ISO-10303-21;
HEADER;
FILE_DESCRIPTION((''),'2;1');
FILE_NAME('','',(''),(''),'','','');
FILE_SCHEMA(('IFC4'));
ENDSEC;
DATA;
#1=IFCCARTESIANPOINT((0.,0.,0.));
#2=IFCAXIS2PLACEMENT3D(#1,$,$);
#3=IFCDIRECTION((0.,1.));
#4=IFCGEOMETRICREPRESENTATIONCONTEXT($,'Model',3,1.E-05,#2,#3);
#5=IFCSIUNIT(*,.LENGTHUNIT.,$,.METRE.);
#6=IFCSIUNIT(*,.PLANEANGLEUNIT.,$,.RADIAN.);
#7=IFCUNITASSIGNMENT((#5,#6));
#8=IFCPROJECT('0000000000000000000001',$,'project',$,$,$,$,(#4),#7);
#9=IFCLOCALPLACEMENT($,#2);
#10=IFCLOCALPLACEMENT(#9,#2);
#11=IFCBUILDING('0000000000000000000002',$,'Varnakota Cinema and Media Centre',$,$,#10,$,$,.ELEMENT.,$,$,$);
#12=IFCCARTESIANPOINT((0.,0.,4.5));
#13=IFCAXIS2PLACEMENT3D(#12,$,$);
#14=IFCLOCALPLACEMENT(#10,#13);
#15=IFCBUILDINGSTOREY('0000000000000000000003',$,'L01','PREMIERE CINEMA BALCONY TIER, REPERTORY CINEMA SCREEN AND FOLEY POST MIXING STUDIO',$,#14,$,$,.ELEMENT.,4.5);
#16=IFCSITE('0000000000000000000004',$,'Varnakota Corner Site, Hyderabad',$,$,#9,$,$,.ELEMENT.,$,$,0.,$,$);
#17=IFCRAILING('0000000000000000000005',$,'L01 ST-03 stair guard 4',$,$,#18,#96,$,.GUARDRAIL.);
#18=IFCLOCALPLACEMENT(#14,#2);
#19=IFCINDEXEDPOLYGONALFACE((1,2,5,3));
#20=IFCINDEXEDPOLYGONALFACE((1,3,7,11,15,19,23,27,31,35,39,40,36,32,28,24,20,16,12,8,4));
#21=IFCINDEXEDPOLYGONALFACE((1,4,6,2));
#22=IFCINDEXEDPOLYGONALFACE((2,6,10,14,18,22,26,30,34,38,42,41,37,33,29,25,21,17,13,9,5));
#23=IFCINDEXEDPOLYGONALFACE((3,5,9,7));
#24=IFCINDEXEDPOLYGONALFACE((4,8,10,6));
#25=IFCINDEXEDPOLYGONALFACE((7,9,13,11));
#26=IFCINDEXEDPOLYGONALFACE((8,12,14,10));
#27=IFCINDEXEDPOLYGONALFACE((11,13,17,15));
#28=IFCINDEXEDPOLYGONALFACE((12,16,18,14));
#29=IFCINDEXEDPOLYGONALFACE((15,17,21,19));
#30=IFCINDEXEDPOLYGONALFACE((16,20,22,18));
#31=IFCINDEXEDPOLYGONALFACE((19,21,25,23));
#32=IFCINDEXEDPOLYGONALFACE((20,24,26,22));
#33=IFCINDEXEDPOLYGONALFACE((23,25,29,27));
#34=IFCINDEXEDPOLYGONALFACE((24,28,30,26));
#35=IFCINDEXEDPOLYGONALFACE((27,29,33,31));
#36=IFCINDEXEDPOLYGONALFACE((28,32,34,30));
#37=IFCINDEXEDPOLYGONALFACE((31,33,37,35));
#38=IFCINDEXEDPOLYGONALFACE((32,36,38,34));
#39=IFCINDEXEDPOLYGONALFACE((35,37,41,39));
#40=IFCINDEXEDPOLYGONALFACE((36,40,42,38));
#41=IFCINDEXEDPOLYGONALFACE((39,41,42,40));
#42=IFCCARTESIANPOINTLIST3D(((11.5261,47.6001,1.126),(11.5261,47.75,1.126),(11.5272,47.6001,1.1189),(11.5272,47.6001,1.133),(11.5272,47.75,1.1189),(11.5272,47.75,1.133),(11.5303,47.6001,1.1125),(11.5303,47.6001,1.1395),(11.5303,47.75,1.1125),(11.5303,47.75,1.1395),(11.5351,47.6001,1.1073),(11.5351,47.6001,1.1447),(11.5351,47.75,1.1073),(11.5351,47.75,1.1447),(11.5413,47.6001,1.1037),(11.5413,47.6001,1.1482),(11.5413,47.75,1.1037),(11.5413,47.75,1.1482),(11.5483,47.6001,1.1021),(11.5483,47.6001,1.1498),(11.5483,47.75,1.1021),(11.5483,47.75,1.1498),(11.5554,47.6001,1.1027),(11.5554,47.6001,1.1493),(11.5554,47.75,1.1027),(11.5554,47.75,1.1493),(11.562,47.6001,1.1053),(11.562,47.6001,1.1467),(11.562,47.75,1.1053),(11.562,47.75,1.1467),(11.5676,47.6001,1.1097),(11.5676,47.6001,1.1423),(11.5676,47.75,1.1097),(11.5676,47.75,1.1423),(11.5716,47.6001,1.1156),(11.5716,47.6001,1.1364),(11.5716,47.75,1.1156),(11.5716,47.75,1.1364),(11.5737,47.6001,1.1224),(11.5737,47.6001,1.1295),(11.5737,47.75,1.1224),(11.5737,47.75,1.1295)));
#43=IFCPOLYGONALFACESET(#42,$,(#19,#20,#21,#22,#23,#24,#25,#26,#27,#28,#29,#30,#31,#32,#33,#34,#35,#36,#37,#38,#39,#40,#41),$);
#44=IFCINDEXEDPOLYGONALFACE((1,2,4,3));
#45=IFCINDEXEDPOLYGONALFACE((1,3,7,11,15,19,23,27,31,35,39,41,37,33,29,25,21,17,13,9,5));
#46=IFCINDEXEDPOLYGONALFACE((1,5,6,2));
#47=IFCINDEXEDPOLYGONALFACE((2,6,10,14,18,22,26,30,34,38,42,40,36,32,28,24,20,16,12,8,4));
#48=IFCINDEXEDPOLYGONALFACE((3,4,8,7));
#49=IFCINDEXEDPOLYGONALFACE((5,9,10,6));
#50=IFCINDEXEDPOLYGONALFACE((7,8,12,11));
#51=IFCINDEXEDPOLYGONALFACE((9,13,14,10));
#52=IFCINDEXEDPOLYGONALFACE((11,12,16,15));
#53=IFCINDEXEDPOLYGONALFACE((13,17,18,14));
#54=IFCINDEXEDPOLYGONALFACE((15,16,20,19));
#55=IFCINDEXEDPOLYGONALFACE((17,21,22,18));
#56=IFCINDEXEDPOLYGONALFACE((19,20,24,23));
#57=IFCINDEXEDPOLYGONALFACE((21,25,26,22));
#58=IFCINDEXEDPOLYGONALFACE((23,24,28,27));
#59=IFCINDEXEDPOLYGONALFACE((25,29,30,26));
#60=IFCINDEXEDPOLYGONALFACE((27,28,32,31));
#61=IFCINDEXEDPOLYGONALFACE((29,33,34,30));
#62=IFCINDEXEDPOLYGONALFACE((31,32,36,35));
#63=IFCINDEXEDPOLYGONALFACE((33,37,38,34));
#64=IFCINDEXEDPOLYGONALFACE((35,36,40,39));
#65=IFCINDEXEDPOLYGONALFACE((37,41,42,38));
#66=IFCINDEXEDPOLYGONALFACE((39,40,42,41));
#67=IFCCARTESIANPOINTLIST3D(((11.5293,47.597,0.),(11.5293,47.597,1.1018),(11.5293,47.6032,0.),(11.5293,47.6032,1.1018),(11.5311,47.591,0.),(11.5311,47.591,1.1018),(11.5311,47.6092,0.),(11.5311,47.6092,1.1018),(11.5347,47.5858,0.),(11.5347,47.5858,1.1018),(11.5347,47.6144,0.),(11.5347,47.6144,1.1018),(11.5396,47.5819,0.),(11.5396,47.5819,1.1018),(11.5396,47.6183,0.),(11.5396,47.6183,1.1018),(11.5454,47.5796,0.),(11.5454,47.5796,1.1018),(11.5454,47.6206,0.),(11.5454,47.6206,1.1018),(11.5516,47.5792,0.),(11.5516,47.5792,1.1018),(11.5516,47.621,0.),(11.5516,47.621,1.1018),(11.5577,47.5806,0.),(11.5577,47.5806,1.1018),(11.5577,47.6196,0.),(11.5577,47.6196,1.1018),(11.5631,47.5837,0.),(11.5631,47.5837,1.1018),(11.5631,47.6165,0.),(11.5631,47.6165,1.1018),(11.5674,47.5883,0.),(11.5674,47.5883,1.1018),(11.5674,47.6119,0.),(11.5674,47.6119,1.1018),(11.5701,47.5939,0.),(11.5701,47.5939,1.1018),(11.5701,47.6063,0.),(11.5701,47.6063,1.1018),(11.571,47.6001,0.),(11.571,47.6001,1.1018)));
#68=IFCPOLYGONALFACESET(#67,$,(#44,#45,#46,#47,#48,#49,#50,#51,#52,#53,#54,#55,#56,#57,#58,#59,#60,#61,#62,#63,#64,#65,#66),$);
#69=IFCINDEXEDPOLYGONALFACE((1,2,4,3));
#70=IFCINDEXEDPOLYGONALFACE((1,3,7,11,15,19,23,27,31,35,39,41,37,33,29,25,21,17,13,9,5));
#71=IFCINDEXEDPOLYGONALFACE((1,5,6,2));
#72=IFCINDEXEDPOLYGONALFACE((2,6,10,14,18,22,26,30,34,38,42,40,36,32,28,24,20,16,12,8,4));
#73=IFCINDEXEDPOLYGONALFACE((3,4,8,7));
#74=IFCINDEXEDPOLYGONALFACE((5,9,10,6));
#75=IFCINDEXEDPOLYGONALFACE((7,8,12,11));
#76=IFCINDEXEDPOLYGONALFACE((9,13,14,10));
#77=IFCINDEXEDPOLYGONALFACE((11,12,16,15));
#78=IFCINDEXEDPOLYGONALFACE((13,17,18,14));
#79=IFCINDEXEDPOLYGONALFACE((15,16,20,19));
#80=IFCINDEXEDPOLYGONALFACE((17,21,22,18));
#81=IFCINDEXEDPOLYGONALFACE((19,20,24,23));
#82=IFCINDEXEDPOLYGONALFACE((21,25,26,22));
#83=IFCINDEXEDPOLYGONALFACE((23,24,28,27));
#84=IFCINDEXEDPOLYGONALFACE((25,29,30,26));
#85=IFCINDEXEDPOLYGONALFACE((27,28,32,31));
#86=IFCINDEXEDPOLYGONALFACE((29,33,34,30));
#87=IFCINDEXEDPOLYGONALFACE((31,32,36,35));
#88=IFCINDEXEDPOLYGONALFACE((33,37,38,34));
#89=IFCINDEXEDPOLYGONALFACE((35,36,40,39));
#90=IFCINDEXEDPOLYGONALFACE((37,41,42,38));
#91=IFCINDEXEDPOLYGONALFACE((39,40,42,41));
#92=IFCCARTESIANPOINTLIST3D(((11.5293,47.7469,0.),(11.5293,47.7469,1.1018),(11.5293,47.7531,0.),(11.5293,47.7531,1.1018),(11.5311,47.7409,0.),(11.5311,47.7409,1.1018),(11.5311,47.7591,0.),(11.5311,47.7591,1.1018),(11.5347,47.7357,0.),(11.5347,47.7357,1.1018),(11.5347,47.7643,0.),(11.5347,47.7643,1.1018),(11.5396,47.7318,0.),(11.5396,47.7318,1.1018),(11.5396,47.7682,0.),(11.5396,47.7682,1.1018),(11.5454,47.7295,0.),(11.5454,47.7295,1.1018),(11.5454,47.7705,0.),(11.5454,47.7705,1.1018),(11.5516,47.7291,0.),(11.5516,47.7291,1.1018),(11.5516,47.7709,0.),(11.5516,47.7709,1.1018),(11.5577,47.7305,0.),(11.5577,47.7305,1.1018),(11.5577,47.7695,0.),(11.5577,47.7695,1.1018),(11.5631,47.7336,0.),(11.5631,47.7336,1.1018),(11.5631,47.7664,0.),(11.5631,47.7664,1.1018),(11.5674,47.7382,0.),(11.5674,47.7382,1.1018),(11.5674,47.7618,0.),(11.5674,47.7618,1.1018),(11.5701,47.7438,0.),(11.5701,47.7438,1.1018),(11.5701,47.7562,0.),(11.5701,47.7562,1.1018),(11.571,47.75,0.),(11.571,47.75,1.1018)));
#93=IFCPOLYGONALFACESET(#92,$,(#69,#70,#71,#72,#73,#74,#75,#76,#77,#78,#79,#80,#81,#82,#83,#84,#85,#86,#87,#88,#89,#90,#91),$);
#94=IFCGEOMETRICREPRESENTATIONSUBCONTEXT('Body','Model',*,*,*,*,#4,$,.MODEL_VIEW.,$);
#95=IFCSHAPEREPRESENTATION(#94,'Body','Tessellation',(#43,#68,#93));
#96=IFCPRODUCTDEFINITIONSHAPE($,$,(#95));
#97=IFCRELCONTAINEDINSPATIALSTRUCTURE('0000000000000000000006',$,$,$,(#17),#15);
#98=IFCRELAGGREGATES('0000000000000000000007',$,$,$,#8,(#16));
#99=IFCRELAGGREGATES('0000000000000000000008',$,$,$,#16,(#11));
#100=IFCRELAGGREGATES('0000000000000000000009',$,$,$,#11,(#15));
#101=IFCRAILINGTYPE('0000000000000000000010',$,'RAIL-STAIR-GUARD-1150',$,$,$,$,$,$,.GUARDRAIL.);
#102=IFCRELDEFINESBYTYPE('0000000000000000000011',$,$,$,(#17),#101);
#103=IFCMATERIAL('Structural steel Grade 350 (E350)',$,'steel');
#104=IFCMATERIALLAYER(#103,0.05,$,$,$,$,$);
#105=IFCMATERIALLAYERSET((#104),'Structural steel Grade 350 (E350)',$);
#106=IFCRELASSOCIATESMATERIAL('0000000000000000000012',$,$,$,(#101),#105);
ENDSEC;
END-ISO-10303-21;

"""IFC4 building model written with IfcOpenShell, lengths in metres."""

from ifc_helpers import new_model, si_unit, direction, frame, origin, origin_2d, place, context, subcontext, project, spatial, circle, extrude, material, layer, layer_set, type_object, element, save


model = new_model("IFC4")

# Units and contexts
model_context = context("Model", 3, precision=1e-05, world=origin(), true_north=direction((0.0, 1.0)))
body_context = subcontext(model_context, "Body", "Model", "MODEL_VIEW")
ifc_project = project(units=[si_unit("LENGTHUNIT", "METRE"), si_unit("PLANEANGLEUNIT", "RADIAN")], contexts=[model_context])

# Site, building, storey
site_placement = place(None, origin())
site = spatial("IfcSite", under=ifc_project, at=site_placement, Name="Varnakota Corner Site, Hyderabad", CompositionType="ELEMENT", RefElevation=0.0)
building_placement = place(site_placement, origin())
building = spatial("IfcBuilding", under=site, at=building_placement, Name="Varnakota Cinema and Media Centre", CompositionType="ELEMENT")
storey_placement = place(building_placement, frame((0.0, 0.0, 4.5)))
storey = spatial("IfcBuildingStorey", under=building, at=storey_placement, Name="L01", Description="PREMIERE CINEMA BALCONY TIER, REPERTORY CINEMA SCREEN AND FOLEY POST MIXING STUDIO", CompositionType="ELEMENT", Elevation=4.5)

# Railing
ifc_material_1 = material(Name="Structural steel Grade 350 (E350)", Category="steel")
ifc_layer_1 = layer(ifc_material_1, 0.05)
ifc_layer_set_1 = layer_set([ifc_layer_1], Name="Structural steel Grade 350 (E350)")
railing_type_1 = type_object("IfcRailingType", Name="RAIL-STAIR-GUARD-1150", PredefinedType="GUARDRAIL", material=ifc_layer_set_1)
railing_1_placement = place(storey_placement, frame((11.55, 47.6001, 0.0)))
element("IfcRailing", 1, at=railing_1_placement, inside=storey, type_object=railing_type_1, Name="L01 ST-03 stair guard 4", PredefinedType="GUARDRAIL", context=body_context, shape_type="SweptSolid", body=[
    extrude(circle(Radius=0.0239, at=origin_2d()), frame((0.0, 0.0, 1.126), z_axis=(0.0, 1.0, 0.0), x_axis=(-1.0, 0.0, 0.0)), (0.0, 0.0, 1.0), 0.1499),
    extrude(circle(Radius=0.021, at=origin_2d()), origin(), (0.0, 0.0, 1.0), 1.1018),
    extrude(circle(Radius=0.021, at=origin_2d()), frame((0.0, 0.1499, 0.0)), (0.0, 0.0, 1.0), 1.1018),
])

save(model, "model.ifc")
